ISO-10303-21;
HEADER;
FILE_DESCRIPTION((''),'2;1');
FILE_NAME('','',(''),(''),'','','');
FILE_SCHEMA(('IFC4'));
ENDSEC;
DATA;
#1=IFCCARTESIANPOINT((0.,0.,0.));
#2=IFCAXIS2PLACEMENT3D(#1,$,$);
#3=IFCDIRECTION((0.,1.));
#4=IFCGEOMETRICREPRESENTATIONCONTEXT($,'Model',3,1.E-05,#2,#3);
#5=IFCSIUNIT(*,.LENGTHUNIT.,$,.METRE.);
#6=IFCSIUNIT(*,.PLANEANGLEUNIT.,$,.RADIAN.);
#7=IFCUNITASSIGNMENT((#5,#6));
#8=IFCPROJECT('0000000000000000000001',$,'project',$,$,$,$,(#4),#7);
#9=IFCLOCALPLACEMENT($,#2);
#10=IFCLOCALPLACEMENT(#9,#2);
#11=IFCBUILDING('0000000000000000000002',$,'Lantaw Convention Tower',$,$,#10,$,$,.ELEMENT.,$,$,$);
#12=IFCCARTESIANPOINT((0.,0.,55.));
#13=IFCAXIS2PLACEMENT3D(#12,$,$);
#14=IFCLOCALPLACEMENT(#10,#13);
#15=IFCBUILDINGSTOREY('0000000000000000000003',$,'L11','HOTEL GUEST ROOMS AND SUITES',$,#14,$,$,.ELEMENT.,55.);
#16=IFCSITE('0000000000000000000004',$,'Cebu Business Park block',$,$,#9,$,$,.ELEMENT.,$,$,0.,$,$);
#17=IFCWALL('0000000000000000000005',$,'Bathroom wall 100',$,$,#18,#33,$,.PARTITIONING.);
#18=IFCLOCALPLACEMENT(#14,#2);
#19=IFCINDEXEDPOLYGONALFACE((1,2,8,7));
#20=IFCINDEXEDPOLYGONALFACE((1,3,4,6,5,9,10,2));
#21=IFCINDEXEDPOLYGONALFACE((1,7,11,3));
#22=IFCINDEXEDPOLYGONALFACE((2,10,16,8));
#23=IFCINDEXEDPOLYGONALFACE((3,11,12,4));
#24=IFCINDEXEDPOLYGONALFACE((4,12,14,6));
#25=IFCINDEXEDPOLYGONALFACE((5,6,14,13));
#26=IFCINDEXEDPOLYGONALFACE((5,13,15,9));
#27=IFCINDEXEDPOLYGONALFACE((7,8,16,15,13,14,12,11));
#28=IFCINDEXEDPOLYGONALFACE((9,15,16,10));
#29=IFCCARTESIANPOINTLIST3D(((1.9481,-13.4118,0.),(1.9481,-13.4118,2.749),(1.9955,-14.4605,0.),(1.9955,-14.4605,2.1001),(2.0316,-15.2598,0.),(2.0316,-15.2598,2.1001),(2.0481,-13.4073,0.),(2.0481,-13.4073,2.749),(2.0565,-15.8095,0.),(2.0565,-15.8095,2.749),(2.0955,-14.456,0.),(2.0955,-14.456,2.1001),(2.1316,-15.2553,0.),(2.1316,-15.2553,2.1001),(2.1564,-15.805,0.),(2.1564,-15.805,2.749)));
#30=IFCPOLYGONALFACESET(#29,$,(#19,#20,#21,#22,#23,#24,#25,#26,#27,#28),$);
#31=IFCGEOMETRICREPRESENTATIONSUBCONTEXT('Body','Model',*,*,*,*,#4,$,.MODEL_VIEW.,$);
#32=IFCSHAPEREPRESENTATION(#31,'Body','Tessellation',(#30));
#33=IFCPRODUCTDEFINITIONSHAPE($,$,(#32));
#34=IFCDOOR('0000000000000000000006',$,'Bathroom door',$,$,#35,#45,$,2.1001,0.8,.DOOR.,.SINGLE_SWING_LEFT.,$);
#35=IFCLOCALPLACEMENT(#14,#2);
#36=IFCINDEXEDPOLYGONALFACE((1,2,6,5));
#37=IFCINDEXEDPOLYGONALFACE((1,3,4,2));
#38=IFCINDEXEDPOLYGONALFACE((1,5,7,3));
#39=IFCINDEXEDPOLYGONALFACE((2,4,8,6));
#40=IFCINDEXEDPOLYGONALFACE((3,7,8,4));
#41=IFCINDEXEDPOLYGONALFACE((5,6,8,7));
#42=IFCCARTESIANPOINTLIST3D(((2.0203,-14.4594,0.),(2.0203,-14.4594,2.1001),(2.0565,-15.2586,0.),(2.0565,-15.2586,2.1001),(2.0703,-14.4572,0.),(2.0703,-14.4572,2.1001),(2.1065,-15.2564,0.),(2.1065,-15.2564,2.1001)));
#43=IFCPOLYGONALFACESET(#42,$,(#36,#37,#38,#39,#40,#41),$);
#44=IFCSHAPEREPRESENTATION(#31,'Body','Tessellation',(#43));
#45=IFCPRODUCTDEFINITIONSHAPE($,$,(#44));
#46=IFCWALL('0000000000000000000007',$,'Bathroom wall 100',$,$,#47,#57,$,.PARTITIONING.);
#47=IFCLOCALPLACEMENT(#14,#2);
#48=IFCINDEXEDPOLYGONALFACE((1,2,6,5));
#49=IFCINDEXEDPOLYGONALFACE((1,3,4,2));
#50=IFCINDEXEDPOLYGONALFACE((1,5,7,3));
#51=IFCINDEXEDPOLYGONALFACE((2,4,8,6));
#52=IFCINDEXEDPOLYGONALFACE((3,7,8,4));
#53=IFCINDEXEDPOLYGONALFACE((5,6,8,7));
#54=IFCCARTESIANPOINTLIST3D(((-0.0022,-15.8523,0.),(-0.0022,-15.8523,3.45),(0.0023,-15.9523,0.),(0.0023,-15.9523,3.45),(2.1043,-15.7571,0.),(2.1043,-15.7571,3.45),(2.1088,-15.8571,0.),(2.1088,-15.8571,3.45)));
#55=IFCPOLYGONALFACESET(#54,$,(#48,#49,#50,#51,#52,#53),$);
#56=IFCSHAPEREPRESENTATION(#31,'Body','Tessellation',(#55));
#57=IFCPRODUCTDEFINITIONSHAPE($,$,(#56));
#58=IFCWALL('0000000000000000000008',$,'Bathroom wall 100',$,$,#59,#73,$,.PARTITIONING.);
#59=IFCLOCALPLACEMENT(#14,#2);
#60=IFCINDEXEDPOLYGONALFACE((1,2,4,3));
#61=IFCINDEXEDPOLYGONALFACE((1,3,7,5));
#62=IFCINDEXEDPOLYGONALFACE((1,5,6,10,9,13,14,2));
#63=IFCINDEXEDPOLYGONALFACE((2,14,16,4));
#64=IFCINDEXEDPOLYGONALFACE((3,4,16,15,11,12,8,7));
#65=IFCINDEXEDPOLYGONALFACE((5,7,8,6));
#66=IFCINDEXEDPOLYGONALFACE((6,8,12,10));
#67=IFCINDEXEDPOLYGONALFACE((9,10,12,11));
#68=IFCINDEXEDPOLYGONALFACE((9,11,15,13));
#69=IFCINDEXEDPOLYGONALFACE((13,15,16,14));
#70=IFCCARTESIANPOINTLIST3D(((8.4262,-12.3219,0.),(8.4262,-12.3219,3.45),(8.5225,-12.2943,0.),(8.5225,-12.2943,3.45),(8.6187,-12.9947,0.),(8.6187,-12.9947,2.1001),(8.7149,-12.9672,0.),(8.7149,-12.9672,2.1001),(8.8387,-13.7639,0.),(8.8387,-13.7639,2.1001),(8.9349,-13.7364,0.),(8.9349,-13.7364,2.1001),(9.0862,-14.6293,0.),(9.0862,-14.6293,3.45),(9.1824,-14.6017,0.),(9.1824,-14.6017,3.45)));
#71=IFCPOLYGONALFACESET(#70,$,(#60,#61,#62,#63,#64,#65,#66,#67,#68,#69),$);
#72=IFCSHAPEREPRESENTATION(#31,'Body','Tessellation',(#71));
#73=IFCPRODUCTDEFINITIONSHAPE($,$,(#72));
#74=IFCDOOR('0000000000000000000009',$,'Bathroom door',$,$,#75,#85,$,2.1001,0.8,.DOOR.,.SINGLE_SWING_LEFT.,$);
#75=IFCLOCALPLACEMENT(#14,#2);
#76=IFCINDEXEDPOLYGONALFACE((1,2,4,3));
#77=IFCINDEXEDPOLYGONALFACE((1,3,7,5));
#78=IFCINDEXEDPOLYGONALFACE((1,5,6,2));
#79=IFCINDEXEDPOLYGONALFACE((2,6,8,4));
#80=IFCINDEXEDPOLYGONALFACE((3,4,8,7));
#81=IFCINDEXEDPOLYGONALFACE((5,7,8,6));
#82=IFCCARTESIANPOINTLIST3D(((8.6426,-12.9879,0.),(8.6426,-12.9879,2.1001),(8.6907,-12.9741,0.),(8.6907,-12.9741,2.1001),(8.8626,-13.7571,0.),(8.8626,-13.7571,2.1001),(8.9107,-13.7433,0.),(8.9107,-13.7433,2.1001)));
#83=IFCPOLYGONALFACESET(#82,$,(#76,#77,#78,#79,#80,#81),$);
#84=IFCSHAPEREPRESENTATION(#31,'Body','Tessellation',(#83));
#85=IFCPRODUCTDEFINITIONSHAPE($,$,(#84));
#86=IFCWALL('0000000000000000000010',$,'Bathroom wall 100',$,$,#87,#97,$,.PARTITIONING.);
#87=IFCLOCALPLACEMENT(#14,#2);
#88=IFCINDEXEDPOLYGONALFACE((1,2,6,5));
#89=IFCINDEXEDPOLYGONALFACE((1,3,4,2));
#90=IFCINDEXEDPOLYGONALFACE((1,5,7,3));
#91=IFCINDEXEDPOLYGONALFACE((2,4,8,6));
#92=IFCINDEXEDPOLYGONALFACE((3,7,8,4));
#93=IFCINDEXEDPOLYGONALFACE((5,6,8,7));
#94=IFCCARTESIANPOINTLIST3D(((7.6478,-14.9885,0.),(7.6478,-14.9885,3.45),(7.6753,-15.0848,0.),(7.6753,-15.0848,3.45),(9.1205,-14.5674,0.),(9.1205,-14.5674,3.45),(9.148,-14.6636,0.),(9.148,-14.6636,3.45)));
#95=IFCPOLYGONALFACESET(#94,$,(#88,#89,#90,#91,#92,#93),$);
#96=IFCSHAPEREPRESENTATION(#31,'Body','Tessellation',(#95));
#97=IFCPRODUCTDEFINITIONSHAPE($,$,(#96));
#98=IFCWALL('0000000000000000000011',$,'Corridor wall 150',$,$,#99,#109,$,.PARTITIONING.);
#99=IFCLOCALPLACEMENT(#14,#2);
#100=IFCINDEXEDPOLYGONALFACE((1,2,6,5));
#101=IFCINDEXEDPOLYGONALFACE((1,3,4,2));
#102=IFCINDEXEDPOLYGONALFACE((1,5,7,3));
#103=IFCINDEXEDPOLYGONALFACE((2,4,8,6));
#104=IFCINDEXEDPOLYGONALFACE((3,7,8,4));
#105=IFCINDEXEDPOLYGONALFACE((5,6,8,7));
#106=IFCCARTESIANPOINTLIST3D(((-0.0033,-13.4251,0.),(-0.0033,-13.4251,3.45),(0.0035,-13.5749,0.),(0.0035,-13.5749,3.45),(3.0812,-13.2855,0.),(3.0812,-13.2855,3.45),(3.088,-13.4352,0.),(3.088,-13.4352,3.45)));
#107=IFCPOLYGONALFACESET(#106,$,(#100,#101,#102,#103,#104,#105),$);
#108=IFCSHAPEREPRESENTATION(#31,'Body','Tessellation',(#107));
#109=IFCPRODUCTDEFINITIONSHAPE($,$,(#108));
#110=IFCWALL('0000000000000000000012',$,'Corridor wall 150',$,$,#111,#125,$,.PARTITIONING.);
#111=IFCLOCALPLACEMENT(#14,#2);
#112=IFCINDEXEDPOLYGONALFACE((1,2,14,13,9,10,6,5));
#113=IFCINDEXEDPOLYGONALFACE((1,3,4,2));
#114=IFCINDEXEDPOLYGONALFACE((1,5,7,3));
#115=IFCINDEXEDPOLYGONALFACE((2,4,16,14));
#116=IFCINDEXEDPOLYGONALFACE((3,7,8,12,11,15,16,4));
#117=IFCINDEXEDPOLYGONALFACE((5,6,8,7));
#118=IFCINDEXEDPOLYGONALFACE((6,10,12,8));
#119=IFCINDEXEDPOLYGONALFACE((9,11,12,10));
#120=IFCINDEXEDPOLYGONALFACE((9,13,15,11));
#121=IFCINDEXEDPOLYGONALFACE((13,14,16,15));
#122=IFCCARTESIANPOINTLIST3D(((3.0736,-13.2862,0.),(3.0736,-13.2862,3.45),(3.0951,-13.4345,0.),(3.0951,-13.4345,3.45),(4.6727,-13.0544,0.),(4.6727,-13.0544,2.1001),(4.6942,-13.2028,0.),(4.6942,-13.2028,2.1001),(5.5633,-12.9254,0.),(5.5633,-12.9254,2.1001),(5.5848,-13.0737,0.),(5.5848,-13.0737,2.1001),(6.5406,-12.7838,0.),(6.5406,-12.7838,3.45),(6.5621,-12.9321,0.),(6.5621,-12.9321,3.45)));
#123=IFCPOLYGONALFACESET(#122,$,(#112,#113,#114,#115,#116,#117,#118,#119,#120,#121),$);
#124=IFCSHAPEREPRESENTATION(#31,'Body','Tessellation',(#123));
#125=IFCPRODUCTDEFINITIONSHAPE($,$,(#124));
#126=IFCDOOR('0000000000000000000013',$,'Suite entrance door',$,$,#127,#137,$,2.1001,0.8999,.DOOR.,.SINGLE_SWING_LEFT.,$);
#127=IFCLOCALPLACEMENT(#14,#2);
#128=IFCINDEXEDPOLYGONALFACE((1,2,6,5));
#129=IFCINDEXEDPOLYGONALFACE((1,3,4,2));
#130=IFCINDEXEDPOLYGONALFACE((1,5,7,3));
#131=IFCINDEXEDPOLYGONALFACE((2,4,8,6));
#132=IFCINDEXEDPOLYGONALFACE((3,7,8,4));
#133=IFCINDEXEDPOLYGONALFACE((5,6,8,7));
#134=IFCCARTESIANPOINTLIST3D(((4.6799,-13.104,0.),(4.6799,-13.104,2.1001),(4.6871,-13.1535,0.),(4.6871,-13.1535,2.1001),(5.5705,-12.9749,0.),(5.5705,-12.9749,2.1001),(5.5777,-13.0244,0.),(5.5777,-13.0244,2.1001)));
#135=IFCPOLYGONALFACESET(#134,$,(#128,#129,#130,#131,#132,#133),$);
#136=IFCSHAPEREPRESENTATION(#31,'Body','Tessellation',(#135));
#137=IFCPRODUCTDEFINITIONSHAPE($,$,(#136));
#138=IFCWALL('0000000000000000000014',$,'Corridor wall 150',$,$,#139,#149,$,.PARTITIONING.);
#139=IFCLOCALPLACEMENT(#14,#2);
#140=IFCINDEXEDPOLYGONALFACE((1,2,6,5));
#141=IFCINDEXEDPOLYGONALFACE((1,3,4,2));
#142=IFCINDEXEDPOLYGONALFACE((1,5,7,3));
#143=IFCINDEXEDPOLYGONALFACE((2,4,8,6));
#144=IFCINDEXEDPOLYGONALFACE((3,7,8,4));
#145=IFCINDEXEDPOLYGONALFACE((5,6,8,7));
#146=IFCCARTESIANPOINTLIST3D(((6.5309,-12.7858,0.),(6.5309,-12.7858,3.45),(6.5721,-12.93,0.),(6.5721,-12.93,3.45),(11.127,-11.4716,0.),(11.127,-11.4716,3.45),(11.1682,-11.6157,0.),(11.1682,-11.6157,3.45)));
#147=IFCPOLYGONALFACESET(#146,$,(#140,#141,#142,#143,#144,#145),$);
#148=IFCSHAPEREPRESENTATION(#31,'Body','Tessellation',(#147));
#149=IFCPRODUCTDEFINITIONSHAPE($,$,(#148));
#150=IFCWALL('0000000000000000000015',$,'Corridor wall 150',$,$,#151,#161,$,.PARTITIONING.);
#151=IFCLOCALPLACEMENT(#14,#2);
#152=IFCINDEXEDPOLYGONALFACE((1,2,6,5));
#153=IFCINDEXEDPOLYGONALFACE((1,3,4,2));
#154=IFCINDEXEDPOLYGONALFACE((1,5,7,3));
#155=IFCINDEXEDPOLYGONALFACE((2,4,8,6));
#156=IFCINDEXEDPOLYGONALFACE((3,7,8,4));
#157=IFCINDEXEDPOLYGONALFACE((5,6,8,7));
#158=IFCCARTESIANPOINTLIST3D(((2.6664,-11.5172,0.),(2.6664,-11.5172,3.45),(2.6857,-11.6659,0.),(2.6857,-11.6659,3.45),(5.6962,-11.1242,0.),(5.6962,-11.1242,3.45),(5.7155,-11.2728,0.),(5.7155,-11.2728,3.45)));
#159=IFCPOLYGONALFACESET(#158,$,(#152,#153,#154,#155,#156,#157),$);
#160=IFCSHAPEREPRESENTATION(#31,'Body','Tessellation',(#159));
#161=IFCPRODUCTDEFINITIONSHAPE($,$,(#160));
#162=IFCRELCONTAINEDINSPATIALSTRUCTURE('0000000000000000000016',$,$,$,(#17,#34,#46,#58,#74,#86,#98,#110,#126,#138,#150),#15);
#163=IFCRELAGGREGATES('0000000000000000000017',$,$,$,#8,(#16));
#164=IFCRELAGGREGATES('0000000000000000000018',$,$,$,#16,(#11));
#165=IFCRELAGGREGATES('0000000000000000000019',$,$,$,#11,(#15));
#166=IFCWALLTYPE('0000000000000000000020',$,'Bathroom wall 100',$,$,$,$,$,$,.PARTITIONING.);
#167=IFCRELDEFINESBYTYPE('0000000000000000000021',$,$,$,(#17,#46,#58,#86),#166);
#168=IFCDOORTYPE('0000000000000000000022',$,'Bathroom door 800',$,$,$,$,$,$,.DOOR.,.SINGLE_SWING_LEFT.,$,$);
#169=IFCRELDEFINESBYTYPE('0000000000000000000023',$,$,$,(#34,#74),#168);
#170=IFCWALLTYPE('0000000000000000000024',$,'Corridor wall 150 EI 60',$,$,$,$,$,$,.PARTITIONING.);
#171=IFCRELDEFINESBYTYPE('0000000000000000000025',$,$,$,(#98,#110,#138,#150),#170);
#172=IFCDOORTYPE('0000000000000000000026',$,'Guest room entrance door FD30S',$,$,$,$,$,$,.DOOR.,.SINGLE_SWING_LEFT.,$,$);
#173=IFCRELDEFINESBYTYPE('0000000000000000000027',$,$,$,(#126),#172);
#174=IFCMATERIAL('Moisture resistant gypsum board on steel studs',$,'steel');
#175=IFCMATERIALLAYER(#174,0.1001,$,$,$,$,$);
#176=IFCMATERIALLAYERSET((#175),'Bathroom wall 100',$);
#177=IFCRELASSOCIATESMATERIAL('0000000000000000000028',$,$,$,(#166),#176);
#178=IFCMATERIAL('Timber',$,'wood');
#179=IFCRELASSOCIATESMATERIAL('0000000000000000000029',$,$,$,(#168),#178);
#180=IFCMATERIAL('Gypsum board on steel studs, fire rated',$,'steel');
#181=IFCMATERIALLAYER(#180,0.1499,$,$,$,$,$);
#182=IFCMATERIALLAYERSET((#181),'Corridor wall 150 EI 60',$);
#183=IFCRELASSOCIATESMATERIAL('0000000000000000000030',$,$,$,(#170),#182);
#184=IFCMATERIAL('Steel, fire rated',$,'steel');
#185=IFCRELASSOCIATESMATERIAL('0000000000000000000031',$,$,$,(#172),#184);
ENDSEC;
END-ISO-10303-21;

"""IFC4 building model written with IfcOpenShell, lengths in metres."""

from ifc_helpers import new_model, si_unit, direction, frame, frame_2d, origin, place, context, subcontext, project, spatial, rectangle, extrude, material, layer, layer_set, type_object, element, fill, save


model = new_model("IFC4")

# Units and contexts
model_context = context("Model", 3, precision=1e-05, world=origin(), true_north=direction((0.0, 1.0)))
body_context = subcontext(model_context, "Body", "Model", "MODEL_VIEW")
ifc_project = project(units=[si_unit("LENGTHUNIT", "METRE"), si_unit("PLANEANGLEUNIT", "RADIAN")], contexts=[model_context])

# Site, building, storey
site_placement = place(None, origin())
site = spatial("IfcSite", under=ifc_project, at=site_placement, Name="Cebu Business Park block", CompositionType="ELEMENT", RefElevation=0.0)
building_placement = place(site_placement, origin())
building = spatial("IfcBuilding", under=site, at=building_placement, Name="Lantaw Convention Tower", CompositionType="ELEMENT")
storey_placement = place(building_placement, frame((0.0, 0.0, 55.0)))
storey = spatial("IfcBuildingStorey", under=building, at=storey_placement, Name="L11", Description="HOTEL GUEST ROOMS AND SUITES", CompositionType="ELEMENT", Elevation=55.0)

# Wall, opening, door
ifc_material_1 = material(Name="Moisture resistant gypsum board on steel studs", Category="steel")
ifc_layer_1 = layer(ifc_material_1, 0.1001)
ifc_layer_set_1 = layer_set([ifc_layer_1], Name="Bathroom wall 100")
wall_type_1 = type_object("IfcWallType", Name="Bathroom wall 100", PredefinedType="PARTITIONING", material=ifc_layer_set_1)
wall_1_placement = place(storey_placement, frame((1.998, -13.4094, 0.0), z_axis=(0.0, 0.0, 1.0), x_axis=(0.045163, -0.99898, 0.0)))
wall_1 = element("IfcWall", 1, at=wall_1_placement, inside=storey, type_object=wall_type_1, Name="Bathroom wall 100", PredefinedType="PARTITIONING", context=body_context, shape_type="SweptSolid", body=[
    extrude(rectangle(XDim=2.4001, YDim=0.1001, at=frame_2d((1.2002, 0.0))), origin(), (0.0, 0.0, 1.0), 2.749),
])
opening_1_placement = place(wall_1_placement, frame((1.05, 0.0, 0.0)))
opening_1 = element("IfcOpeningElement", 2, at=opening_1_placement, cuts=wall_1, PredefinedType="OPENING", context=body_context, shape_type="SweptSolid", body=[
    extrude(rectangle(XDim=0.8, YDim=2.1001, at=frame_2d((0.3999, 1.05))), frame((0.0, 0.0601, 0.0), z_axis=(0.0, -1.0, 0.0), x_axis=(1.0, 0.0, 0.0)), (0.0, 0.0, 1.0), 0.1201),
])
ifc_material_2 = material(Name="Timber", Category="wood")
door_type_1 = type_object("IfcDoorType", Name="Bathroom door 800", OperationType="SINGLE_SWING_LEFT", PredefinedType="DOOR", material=ifc_material_2)
door_1_placement = place(opening_1_placement, origin())
door_1 = element("IfcDoor", 3, at=door_1_placement, inside=storey, type_object=door_type_1, Name="Bathroom door", OperationType="SINGLE_SWING_LEFT", OverallHeight=2.1001, OverallWidth=0.8, PredefinedType="DOOR", context=body_context, shape_type="SweptSolid", body=[
    extrude(rectangle(XDim=0.8, YDim=2.1001, at=frame_2d((0.3999, 1.05))), frame((0.0, 0.0249, 0.0), z_axis=(0.0, -1.0, 0.0), x_axis=(1.0, 0.0, 0.0)), (0.0, 0.0, 1.0), 0.05),
])
fill(opening_1, door_1)

# Wall
wall_2_placement = place(storey_placement, frame((2.1064, -15.8071, 0.0), z_axis=(0.0, 0.0, 1.0), x_axis=(-0.99898, -0.045156, 0.0)))
element("IfcWall", 4, at=wall_2_placement, inside=storey, type_object=wall_type_1, Name="Bathroom wall 100", PredefinedType="PARTITIONING", context=body_context, shape_type="SweptSolid", body=[
    extrude(rectangle(XDim=2.1086, YDim=0.1001, at=frame_2d((1.0542, 0.0))), origin(), (0.0, 0.0, 1.0), 3.45),
])

# Wall, opening, door
wall_3_placement = place(storey_placement, frame((8.4744, -12.3081, 0.0), z_axis=(0.0, 0.0, 1.0), x_axis=(0.274976, -0.961451, 0.0)))
wall_3 = element("IfcWall", 5, at=wall_3_placement, inside=storey, type_object=wall_type_1, Name="Bathroom wall 100", PredefinedType="PARTITIONING", context=body_context, shape_type="SweptSolid", body=[
    extrude(rectangle(XDim=2.3999, YDim=0.1001, at=frame_2d((1.2, 0.0))), origin(), (0.0, 0.0, 1.0), 3.45),
])
opening_2_placement = place(wall_3_placement, frame((0.7, 0.0, 0.0)))
opening_2 = element("IfcOpeningElement", 6, at=opening_2_placement, cuts=wall_3, PredefinedType="OPENING", context=body_context, shape_type="SweptSolid", body=[
    extrude(rectangle(XDim=0.8, YDim=2.1001, at=frame_2d((0.3999, 1.05))), frame((0.0, 0.0601, 0.0), z_axis=(0.0, -1.0, 0.0), x_axis=(1.0, 0.0, 0.0)), (0.0, 0.0, 1.0), 0.1201),
])
door_2_placement = place(opening_2_placement, origin())
door_2 = element("IfcDoor", 7, at=door_2_placement, inside=storey, type_object=door_type_1, Name="Bathroom door", OperationType="SINGLE_SWING_LEFT", OverallHeight=2.1001, OverallWidth=0.8, PredefinedType="DOOR", context=body_context, shape_type="SweptSolid", body=[
    extrude(rectangle(XDim=0.8, YDim=2.1001, at=frame_2d((0.3999, 1.05))), frame((0.0, 0.0249, 0.0), z_axis=(0.0, -1.0, 0.0), x_axis=(1.0, 0.0, 0.0)), (0.0, 0.0, 1.0), 0.05),
])
fill(opening_2, door_2)

# Walls
wall_4_placement = place(storey_placement, frame((9.1343, -14.6155, 0.0), z_axis=(0.0, 0.0, 1.0), x_axis=(-0.961458, -0.274953, 0.0)))
element("IfcWall", 8, at=wall_4_placement, inside=storey, type_object=wall_type_1, Name="Bathroom wall 100", PredefinedType="PARTITIONING", context=body_context, shape_type="SweptSolid", body=[
    extrude(rectangle(XDim=1.5317, YDim=0.1001, at=frame_2d((0.7659, 0.0))), origin(), (0.0, 0.0, 1.0), 3.45),
])
ifc_material_3 = material(Name="Gypsum board on steel studs, fire rated", Category="steel")
ifc_layer_2 = layer(ifc_material_3, 0.1499)
ifc_layer_set_2 = layer_set([ifc_layer_2], Name="Corridor wall 150 EI 60")
wall_type_2 = type_object("IfcWallType", Name="Corridor wall 150 EI 60", PredefinedType="PARTITIONING", material=ifc_layer_set_2)
wall_5_placement = place(storey_placement, frame((0.0, -13.5, 0.0), z_axis=(0.0, 0.0, 1.0), x_axis=(0.998977, 0.045228, 0.0)))
element("IfcWall", 9, at=wall_5_placement, inside=storey, type_object=wall_type_2, Name="Corridor wall 150", PredefinedType="PARTITIONING", context=body_context, shape_type="SweptSolid", body=[
    extrude(rectangle(XDim=3.0876, YDim=0.1499, at=frame_2d((1.5439, 0.0))), origin(), (0.0, 0.0, 1.0), 3.45),
])

# Wall, opening, door
wall_6_placement = place(storey_placement, frame((3.0845, -13.3604, 0.0), z_axis=(0.0, 0.0, 1.0), x_axis=(0.989662, 0.143421, 0.0)))
wall_6 = element("IfcWall", 10, at=wall_6_placement, inside=storey, type_object=wall_type_2, Name="Corridor wall 150", PredefinedType="PARTITIONING", context=body_context, shape_type="SweptSolid", body=[
    extrude(rectangle(XDim=3.5032, YDim=0.1499, at=frame_2d((1.7515, 0.0))), origin(), (0.0, 0.0, 1.0), 3.45),
])
opening_3_placement = place(wall_6_placement, frame((1.6157, 0.0, 0.0)))
opening_3 = element("IfcOpeningElement", 11, at=opening_3_placement, cuts=wall_6, PredefinedType="OPENING", context=body_context, shape_type="SweptSolid", body=[
    extrude(rectangle(XDim=0.8999, YDim=2.1001, at=frame_2d((0.45, 1.05))), frame((0.0, 0.085, 0.0), z_axis=(0.0, -1.0, 0.0), x_axis=(1.0, 0.0, 0.0)), (0.0, 0.0, 1.0), 0.1699),
])
ifc_material_4 = material(Name="Steel, fire rated", Category="steel")
door_type_2 = type_object("IfcDoorType", Name="Guest room entrance door FD30S", OperationType="SINGLE_SWING_LEFT", PredefinedType="DOOR", material=ifc_material_4)
door_3_placement = place(opening_3_placement, origin())
door_3 = element("IfcDoor", 12, at=door_3_placement, inside=storey, type_object=door_type_2, Name="Suite entrance door", OperationType="SINGLE_SWING_LEFT", OverallHeight=2.1001, OverallWidth=0.8999, PredefinedType="DOOR", context=body_context, shape_type="SweptSolid", body=[
    extrude(rectangle(XDim=0.8999, YDim=2.1001, at=frame_2d((0.45, 1.05))), frame((0.0, 0.0249, 0.0), z_axis=(0.0, -1.0, 0.0), x_axis=(1.0, 0.0, 0.0)), (0.0, 0.0, 1.0), 0.05),
])
fill(opening_3, door_3)

# Walls
wall_7_placement = place(storey_placement, frame((6.5515, -12.8579, 0.0), z_axis=(0.0, 0.0, 1.0), x_axis=(0.961464, 0.27493, 0.0)))
element("IfcWall", 13, at=wall_7_placement, inside=storey, type_object=wall_type_2, Name="Corridor wall 150", PredefinedType="PARTITIONING", context=body_context, shape_type="SweptSolid", body=[
    extrude(rectangle(XDim=4.7803, YDim=0.1499, at=frame_2d((2.3901, 0.0))), origin(), (0.0, 0.0, 1.0), 3.45),
])
wall_8_placement = place(storey_placement, frame((2.676, -11.5916, 0.0), z_axis=(0.0, 0.0, 1.0), x_axis=(0.991689, 0.128656, 0.0)))
element("IfcWall", 14, at=wall_8_placement, inside=storey, type_object=wall_type_2, Name="Corridor wall 150", PredefinedType="PARTITIONING", context=body_context, shape_type="SweptSolid", body=[
    extrude(rectangle(XDim=3.0552, YDim=0.1499, at=frame_2d((1.5276, 0.0))), origin(), (0.0, 0.0, 1.0), 3.45),
])

save(model, "model.ifc")
